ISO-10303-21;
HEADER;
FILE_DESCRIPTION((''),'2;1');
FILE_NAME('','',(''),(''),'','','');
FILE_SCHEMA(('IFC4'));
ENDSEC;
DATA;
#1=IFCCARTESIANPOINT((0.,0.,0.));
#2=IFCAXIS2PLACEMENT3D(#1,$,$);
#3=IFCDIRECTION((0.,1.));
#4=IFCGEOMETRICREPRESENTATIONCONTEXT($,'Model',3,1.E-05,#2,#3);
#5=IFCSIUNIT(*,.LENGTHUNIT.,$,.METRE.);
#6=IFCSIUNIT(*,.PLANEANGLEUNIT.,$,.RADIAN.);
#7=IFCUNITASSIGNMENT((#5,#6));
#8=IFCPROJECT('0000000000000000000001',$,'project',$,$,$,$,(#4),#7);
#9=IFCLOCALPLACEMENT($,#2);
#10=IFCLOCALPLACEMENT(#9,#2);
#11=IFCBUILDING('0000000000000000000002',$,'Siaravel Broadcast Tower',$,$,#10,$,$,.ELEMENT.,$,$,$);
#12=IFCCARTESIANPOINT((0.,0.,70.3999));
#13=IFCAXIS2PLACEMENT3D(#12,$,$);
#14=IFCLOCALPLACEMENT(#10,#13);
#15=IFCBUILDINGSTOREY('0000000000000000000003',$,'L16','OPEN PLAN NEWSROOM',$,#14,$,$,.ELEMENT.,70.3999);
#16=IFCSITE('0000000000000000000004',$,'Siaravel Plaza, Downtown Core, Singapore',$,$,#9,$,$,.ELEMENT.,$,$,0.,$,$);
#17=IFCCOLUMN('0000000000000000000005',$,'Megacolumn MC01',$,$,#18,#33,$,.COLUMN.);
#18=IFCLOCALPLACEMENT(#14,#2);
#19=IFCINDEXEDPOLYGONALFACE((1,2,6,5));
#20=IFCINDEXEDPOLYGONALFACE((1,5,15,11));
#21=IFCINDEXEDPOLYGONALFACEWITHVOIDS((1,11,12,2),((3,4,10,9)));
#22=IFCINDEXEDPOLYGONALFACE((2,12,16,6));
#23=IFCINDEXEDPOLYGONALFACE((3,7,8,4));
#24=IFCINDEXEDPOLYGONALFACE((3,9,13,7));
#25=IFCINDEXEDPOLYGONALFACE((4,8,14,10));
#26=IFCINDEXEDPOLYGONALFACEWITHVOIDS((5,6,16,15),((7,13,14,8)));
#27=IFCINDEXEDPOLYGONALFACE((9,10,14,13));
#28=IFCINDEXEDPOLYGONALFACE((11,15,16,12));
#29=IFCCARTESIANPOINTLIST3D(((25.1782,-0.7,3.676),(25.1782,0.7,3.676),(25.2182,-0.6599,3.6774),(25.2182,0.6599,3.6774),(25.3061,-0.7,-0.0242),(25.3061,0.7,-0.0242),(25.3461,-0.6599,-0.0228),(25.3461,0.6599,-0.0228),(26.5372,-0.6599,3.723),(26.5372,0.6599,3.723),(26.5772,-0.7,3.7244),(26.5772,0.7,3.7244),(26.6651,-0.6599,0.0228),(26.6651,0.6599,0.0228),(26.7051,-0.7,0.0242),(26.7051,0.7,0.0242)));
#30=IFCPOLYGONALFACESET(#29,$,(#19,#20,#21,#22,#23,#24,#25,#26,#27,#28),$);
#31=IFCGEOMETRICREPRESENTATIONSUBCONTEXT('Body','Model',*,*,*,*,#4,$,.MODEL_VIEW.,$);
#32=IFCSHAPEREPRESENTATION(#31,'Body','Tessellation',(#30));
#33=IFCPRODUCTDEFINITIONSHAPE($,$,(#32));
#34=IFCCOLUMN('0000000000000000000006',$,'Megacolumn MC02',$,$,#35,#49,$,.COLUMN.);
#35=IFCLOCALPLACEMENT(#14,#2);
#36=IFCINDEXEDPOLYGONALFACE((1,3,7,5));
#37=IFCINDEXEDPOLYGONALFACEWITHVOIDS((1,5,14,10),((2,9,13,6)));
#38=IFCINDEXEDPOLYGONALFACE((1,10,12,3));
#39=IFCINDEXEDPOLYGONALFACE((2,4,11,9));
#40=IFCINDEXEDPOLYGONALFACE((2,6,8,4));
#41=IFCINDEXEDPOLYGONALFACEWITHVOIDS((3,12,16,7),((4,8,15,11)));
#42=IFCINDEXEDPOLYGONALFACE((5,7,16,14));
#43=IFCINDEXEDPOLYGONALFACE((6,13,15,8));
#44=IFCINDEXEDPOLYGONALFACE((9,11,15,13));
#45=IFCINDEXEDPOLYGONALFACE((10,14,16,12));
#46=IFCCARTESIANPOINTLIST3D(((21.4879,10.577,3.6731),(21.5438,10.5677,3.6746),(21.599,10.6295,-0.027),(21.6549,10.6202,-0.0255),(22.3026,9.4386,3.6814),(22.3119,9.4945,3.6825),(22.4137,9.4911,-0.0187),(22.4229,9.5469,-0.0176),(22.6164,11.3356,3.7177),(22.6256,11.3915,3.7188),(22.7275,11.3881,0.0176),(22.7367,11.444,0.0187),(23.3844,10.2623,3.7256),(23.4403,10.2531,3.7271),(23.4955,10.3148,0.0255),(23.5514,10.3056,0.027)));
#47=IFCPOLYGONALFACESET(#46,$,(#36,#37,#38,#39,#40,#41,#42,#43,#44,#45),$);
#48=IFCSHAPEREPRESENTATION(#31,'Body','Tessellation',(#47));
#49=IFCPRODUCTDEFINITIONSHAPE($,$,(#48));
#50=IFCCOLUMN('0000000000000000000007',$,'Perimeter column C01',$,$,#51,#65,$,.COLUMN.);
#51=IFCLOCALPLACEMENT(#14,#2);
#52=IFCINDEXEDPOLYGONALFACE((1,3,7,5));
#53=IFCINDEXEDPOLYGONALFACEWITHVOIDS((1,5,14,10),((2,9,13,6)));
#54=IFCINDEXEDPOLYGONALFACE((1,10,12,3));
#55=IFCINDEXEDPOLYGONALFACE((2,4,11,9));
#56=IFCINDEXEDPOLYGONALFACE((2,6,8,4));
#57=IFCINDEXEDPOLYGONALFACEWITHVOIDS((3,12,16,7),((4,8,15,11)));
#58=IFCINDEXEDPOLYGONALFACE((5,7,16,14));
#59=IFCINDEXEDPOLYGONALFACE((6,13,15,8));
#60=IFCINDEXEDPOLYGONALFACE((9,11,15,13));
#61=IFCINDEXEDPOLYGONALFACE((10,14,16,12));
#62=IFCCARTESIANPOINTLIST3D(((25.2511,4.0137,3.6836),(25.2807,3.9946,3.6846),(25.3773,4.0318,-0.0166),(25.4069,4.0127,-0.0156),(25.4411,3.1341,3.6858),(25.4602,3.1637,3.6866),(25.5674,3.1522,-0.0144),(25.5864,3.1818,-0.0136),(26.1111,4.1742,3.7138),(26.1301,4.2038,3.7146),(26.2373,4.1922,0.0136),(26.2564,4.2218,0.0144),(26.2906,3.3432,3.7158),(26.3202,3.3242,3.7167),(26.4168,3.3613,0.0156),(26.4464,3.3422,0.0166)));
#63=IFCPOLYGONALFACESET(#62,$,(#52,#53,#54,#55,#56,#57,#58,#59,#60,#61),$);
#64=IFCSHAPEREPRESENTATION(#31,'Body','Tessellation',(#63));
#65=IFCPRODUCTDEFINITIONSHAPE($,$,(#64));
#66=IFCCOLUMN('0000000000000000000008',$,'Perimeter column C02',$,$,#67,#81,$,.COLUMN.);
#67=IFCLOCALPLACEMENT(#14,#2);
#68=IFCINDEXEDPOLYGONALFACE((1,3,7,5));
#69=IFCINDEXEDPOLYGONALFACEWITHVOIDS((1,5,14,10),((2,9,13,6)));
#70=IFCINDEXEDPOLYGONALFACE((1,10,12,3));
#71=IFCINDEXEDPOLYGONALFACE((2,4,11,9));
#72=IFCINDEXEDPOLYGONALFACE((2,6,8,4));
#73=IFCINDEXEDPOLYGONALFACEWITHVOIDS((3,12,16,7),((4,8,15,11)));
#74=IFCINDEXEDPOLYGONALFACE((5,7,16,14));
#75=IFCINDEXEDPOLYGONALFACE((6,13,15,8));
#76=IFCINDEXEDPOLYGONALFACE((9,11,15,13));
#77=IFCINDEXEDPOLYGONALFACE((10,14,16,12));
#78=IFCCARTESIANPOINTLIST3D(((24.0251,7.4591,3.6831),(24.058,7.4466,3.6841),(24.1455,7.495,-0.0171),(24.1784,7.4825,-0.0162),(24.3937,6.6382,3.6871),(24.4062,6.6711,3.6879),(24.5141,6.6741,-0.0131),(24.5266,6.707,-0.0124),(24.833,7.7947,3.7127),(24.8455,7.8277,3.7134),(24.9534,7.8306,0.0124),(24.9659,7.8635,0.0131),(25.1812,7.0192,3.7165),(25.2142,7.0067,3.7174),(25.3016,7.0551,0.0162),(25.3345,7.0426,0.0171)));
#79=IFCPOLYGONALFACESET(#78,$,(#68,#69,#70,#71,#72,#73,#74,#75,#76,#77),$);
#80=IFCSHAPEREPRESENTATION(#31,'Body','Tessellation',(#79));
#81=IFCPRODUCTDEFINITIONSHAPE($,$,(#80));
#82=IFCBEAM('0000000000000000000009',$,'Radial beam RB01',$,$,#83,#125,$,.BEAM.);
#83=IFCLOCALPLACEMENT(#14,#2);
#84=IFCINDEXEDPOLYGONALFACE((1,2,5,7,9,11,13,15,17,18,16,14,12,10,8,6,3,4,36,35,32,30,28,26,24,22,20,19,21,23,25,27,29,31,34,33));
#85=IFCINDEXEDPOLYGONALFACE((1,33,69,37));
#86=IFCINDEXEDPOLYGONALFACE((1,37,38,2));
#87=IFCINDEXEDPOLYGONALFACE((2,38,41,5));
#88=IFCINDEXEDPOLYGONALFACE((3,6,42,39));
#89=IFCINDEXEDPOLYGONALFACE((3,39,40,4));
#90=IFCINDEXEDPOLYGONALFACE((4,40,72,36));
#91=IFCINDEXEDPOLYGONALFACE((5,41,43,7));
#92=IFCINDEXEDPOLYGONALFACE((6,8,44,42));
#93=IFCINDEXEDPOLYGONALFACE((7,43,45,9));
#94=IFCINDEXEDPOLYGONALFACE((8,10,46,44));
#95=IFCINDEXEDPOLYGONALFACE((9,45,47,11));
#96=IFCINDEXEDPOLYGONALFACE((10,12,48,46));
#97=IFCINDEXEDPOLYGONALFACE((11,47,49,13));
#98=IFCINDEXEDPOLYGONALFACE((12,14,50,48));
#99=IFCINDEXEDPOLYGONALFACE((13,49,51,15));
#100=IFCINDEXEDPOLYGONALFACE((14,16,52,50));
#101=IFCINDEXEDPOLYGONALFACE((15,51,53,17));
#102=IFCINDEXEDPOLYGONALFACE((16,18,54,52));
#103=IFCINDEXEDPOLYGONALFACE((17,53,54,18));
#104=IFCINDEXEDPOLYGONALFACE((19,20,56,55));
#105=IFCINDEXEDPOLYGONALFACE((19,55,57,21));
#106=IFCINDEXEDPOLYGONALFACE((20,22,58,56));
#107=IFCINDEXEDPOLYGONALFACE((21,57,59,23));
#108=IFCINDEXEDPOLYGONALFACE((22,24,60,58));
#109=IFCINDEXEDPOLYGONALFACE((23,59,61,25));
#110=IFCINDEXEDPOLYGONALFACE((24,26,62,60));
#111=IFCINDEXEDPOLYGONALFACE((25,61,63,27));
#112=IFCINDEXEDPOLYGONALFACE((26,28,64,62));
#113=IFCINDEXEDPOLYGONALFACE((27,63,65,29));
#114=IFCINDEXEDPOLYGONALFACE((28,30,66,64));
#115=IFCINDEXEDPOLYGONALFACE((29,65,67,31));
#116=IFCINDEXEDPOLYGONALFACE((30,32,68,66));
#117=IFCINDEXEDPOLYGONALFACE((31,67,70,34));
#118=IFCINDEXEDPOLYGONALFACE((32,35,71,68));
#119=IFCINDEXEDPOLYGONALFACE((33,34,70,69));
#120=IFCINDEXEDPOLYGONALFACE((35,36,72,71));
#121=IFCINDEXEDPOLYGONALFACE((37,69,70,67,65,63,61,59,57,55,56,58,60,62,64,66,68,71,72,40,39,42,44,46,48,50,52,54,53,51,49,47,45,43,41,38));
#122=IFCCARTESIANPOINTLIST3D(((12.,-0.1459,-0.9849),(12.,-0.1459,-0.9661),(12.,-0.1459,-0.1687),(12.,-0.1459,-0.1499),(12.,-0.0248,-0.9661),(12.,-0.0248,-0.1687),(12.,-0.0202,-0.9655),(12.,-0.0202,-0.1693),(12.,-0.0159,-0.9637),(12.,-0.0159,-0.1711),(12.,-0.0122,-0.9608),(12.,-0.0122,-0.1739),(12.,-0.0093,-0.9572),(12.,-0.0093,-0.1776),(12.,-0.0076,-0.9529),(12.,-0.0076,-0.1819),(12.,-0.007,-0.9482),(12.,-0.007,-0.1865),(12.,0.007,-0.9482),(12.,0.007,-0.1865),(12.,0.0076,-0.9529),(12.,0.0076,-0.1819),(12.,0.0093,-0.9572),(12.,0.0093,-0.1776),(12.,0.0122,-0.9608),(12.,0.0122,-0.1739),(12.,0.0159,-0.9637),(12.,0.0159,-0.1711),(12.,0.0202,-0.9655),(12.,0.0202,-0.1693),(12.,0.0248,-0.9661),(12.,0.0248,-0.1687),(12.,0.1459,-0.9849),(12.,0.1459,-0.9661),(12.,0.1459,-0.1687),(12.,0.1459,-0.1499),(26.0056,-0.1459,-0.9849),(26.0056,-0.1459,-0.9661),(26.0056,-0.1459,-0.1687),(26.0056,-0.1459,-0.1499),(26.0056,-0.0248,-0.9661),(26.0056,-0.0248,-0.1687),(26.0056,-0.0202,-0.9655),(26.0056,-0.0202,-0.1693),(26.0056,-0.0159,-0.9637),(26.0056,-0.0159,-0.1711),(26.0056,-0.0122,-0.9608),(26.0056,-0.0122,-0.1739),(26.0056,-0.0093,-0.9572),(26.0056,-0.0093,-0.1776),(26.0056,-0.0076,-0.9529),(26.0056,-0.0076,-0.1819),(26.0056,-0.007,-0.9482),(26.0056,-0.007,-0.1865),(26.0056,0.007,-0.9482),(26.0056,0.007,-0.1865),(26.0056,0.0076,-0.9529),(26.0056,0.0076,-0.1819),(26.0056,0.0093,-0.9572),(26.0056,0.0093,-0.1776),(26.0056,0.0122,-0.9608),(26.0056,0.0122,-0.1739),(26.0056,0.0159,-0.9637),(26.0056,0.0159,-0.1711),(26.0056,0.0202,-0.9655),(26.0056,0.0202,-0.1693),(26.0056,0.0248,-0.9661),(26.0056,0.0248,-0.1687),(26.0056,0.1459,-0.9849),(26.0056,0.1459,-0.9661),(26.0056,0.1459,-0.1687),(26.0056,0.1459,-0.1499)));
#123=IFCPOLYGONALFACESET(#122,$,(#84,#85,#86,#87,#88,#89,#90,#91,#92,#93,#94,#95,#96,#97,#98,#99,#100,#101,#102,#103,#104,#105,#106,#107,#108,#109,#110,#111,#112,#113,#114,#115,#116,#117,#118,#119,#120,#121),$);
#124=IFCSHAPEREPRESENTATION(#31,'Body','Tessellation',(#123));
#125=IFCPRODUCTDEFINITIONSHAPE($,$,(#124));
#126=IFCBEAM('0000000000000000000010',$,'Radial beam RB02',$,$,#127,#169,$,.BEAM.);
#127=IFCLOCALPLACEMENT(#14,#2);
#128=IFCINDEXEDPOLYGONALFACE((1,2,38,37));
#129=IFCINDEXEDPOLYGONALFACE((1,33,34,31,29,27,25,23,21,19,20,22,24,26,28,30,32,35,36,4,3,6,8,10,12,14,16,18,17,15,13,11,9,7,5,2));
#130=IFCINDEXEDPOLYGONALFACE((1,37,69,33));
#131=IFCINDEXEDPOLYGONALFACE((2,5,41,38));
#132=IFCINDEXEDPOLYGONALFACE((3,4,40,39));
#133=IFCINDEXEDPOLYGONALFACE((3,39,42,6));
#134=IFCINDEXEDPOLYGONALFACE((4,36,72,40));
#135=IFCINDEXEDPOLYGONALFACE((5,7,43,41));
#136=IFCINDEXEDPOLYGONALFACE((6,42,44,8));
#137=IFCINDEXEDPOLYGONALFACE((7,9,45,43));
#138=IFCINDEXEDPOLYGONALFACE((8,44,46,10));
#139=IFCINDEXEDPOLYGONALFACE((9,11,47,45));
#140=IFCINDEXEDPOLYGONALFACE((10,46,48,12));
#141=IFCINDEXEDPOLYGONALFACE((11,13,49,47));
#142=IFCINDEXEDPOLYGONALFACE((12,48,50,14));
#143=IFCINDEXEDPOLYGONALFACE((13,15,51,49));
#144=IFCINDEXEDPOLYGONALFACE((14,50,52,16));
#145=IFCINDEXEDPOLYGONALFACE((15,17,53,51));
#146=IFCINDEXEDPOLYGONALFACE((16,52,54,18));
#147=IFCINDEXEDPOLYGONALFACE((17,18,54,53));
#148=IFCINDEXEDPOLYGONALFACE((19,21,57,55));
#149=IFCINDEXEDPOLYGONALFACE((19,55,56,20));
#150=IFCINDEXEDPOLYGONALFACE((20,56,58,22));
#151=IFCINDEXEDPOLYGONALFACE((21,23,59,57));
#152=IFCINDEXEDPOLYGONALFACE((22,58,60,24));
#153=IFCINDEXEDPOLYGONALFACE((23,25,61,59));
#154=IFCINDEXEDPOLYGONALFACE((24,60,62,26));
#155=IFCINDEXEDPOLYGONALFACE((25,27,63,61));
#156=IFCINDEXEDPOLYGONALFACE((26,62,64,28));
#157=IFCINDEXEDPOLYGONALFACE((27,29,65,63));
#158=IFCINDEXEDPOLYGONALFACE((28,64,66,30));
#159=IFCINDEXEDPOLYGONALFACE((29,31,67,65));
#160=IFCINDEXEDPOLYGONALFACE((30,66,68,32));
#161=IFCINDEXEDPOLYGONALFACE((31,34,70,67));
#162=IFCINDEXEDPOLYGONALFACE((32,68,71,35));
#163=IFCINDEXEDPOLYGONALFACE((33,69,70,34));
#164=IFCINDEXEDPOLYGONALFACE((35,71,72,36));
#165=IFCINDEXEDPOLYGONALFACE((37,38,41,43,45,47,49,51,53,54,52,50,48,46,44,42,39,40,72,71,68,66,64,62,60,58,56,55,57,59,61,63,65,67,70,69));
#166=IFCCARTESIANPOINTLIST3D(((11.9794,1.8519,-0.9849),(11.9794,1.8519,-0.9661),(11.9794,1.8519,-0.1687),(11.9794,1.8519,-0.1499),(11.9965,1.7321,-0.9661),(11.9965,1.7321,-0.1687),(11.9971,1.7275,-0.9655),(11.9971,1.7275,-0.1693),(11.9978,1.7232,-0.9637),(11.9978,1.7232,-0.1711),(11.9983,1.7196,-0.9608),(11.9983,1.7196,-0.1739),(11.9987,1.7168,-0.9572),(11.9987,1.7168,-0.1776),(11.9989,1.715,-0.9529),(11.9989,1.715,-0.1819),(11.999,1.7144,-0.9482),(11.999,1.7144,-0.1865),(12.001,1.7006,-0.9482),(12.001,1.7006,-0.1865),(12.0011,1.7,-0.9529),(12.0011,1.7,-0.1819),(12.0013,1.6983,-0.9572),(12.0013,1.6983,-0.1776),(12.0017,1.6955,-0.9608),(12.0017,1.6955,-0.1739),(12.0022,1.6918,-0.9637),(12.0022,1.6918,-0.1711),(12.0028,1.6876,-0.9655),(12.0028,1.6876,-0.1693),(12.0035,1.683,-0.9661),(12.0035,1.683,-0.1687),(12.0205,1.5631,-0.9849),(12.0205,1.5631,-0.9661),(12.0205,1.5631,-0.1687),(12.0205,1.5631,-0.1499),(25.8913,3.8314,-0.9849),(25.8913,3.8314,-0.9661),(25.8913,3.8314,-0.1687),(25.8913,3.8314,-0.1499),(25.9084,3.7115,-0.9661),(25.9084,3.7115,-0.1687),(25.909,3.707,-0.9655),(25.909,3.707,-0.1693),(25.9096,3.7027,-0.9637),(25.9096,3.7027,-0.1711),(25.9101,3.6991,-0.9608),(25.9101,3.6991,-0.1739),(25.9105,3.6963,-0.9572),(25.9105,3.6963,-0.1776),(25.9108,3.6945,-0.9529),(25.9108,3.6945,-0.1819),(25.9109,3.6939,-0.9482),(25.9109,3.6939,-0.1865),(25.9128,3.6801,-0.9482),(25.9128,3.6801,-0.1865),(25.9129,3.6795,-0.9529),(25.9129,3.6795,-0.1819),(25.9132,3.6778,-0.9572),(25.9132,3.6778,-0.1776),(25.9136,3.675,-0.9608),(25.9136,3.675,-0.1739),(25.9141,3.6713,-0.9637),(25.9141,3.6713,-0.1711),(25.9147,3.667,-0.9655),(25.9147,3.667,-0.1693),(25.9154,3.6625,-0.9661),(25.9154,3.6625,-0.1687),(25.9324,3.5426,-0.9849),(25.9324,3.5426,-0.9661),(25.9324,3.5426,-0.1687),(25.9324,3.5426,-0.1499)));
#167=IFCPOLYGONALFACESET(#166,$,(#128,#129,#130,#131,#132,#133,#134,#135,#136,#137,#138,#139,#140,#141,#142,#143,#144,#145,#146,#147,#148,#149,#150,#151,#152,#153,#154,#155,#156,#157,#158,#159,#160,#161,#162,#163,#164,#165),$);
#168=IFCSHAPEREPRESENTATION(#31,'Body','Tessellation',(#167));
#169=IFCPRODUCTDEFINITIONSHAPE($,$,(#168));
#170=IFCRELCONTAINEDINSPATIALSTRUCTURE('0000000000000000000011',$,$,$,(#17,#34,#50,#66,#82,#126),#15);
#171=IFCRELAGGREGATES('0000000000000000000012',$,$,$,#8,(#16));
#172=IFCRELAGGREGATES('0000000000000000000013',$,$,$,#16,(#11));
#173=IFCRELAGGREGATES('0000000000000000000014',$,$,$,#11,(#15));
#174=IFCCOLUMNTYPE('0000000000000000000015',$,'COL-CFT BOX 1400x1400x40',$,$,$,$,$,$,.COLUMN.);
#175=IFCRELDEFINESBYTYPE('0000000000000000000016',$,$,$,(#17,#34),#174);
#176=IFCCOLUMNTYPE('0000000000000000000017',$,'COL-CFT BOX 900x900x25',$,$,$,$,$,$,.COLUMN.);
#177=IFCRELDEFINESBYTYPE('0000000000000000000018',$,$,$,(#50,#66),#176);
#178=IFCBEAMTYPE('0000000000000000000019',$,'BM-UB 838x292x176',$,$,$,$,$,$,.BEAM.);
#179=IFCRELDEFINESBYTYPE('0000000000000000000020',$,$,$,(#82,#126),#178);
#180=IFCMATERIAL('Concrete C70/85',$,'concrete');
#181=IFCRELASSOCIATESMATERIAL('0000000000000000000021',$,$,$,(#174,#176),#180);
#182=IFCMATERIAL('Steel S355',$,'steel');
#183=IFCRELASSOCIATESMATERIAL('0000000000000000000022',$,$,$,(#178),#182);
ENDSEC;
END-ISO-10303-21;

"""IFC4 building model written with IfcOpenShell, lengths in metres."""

from ifc_helpers import new_model, si_unit, direction, frame, origin, origin_2d, place, context, subcontext, project, spatial, hollow_rectangle, i_section, extrude, material, material_profile, profile_set, type_object, element, save


model = new_model("IFC4")

# Units and contexts
model_context = context("Model", 3, precision=1e-05, world=origin(), true_north=direction((0.0, 1.0)))
body_context = subcontext(model_context, "Body", "Model", "MODEL_VIEW")
ifc_project = project(units=[si_unit("LENGTHUNIT", "METRE"), si_unit("PLANEANGLEUNIT", "RADIAN")], contexts=[model_context])

# Site, building, storey
site_placement = place(None, origin())
site = spatial("IfcSite", under=ifc_project, at=site_placement, Name="Siaravel Plaza, Downtown Core, Singapore", CompositionType="ELEMENT", RefElevation=0.0)
building_placement = place(site_placement, origin())
building = spatial("IfcBuilding", under=site, at=building_placement, Name="Siaravel Broadcast Tower", CompositionType="ELEMENT")
storey_placement = place(building_placement, frame((0.0, 0.0, 70.3999)))
storey = spatial("IfcBuildingStorey", under=building, at=storey_placement, Name="L16", Description="OPEN PLAN NEWSROOM", CompositionType="ELEMENT", Elevation=70.3999)

# Columns
ifc_material_1 = material(Name="Concrete C70/85", Category="concrete")
ifc_material_profile_1 = material_profile(ifc_material_1, hollow_rectangle(XDim=1.3999, YDim=1.3999, WallThickness=0.04, at=origin_2d()))
ifc_profile_set_1 = profile_set([ifc_material_profile_1], Name="Concrete C70/85")
column_type_1 = type_object("IfcColumnType", Name="COL-CFT BOX 1400x1400x40", PredefinedType="COLUMN", material=ifc_profile_set_1)
column_1_placement = place(storey_placement, frame((26.0056, 0.0, 0.0), z_axis=(-0.034553, 0.0, 0.999403), x_axis=(0.0, -1.0, 0.0)))
element("IfcColumn", 1, at=column_1_placement, inside=storey, type_object=column_type_1, Name="Megacolumn MC01", PredefinedType="COLUMN", context=body_context, shape_type="SweptSolid", body=[
    extrude(hollow_rectangle(XDim=1.3999, YDim=1.3999, WallThickness=0.04, at=origin_2d()), origin(), (0.0, 0.0, 1.0), 3.7024),
])
column_2_placement = place(storey_placement, frame((22.5752, 10.4675, 0.0), z_axis=(-0.030005, -0.014178, 0.999449), x_axis=(0.581949, -0.813204, 0.005935)))
element("IfcColumn", 2, at=column_2_placement, inside=storey, type_object=column_type_1, Name="Megacolumn MC02", PredefinedType="COLUMN", context=body_context, shape_type="SweptSolid", body=[
    extrude(hollow_rectangle(XDim=1.3999, YDim=1.3999, WallThickness=0.04, at=origin_2d()), origin(), (0.0, 0.0, 1.0), 3.7021),
])
ifc_material_profile_2 = material_profile(ifc_material_1, hollow_rectangle(XDim=0.8999, YDim=0.8999, WallThickness=0.0249, at=origin_2d()))
ifc_profile_set_2 = profile_set([ifc_material_profile_2], Name="Concrete C70/85")
column_type_2 = type_object("IfcColumnType", Name="COL-CFT BOX 900x900x25", PredefinedType="COLUMN", material=ifc_profile_set_2)
for number, where, z_axis, x_axis, name in (
    (3, (25.9119, 3.687, 0.0), (-0.034092, -0.00488, 0.999407), (0.211209, -0.977438, 0.002432), "Perimeter column C01"),
    (4, (24.74, 7.2688, 0.0), (-0.03251, -0.009694, 0.999424), (0.409647, -0.912233, 0.004477), "Perimeter column C02"),
):
    element("IfcColumn", number, at=place(storey_placement, frame(where, z_axis=z_axis, x_axis=x_axis)), inside=storey, type_object=column_type_2, Name=name, PredefinedType="COLUMN", context=body_context, shape_type="SweptSolid", body=[
        extrude(hollow_rectangle(XDim=0.8999, YDim=0.8999, WallThickness=0.0249, at=origin_2d()), origin(), (0.0, 0.0, 1.0), 3.7024),
    ])

# Beams
ifc_material_2 = material(Name="Steel S355", Category="steel")
ifc_material_profile_3 = material_profile(ifc_material_2, i_section(OverallWidth=0.2917, OverallDepth=0.835, WebThickness=0.0139, FlangeThickness=0.0188, FilletRadius=0.0178, at=origin_2d()))
ifc_profile_set_3 = profile_set([ifc_material_profile_3], Name="Steel S355")
beam_type = type_object("IfcBeamType", Name="BM-UB 838x292x176", PredefinedType="BEAM", material=ifc_profile_set_3)
beam_1_placement = place(storey_placement, frame((26.0056, 0.0, -0.5674), z_axis=(-1.0, 0.0, 0.0), x_axis=(0.0, -1.0, 0.0)))
element("IfcBeam", 5, at=beam_1_placement, inside=storey, type_object=beam_type, Name="Radial beam RB01", PredefinedType="BEAM", context=body_context, shape_type="SweptSolid", body=[
    extrude(i_section(OverallWidth=0.2917, OverallDepth=0.835, WebThickness=0.0139, FlangeThickness=0.0188, FilletRadius=0.0178, at=origin_2d()), origin(), (0.0, 0.0, 1.0), 14.0056),
])
beam_2_placement = place(storey_placement, frame((25.9119, 3.687, -0.5674), z_axis=(-0.990028, -0.140869, 0.0), x_axis=(0.140869, -0.990028, 0.0)))
element("IfcBeam", 6, at=beam_2_placement, inside=storey, type_object=beam_type, Name="Radial beam RB02", PredefinedType="BEAM", context=body_context, shape_type="SweptSolid", body=[
    extrude(i_section(OverallWidth=0.2917, OverallDepth=0.835, WebThickness=0.0139, FlangeThickness=0.0188, FilletRadius=0.0178, at=origin_2d()), origin(), (0.0, 0.0, 1.0), 14.052),
])

save(model, "model.ifc")
